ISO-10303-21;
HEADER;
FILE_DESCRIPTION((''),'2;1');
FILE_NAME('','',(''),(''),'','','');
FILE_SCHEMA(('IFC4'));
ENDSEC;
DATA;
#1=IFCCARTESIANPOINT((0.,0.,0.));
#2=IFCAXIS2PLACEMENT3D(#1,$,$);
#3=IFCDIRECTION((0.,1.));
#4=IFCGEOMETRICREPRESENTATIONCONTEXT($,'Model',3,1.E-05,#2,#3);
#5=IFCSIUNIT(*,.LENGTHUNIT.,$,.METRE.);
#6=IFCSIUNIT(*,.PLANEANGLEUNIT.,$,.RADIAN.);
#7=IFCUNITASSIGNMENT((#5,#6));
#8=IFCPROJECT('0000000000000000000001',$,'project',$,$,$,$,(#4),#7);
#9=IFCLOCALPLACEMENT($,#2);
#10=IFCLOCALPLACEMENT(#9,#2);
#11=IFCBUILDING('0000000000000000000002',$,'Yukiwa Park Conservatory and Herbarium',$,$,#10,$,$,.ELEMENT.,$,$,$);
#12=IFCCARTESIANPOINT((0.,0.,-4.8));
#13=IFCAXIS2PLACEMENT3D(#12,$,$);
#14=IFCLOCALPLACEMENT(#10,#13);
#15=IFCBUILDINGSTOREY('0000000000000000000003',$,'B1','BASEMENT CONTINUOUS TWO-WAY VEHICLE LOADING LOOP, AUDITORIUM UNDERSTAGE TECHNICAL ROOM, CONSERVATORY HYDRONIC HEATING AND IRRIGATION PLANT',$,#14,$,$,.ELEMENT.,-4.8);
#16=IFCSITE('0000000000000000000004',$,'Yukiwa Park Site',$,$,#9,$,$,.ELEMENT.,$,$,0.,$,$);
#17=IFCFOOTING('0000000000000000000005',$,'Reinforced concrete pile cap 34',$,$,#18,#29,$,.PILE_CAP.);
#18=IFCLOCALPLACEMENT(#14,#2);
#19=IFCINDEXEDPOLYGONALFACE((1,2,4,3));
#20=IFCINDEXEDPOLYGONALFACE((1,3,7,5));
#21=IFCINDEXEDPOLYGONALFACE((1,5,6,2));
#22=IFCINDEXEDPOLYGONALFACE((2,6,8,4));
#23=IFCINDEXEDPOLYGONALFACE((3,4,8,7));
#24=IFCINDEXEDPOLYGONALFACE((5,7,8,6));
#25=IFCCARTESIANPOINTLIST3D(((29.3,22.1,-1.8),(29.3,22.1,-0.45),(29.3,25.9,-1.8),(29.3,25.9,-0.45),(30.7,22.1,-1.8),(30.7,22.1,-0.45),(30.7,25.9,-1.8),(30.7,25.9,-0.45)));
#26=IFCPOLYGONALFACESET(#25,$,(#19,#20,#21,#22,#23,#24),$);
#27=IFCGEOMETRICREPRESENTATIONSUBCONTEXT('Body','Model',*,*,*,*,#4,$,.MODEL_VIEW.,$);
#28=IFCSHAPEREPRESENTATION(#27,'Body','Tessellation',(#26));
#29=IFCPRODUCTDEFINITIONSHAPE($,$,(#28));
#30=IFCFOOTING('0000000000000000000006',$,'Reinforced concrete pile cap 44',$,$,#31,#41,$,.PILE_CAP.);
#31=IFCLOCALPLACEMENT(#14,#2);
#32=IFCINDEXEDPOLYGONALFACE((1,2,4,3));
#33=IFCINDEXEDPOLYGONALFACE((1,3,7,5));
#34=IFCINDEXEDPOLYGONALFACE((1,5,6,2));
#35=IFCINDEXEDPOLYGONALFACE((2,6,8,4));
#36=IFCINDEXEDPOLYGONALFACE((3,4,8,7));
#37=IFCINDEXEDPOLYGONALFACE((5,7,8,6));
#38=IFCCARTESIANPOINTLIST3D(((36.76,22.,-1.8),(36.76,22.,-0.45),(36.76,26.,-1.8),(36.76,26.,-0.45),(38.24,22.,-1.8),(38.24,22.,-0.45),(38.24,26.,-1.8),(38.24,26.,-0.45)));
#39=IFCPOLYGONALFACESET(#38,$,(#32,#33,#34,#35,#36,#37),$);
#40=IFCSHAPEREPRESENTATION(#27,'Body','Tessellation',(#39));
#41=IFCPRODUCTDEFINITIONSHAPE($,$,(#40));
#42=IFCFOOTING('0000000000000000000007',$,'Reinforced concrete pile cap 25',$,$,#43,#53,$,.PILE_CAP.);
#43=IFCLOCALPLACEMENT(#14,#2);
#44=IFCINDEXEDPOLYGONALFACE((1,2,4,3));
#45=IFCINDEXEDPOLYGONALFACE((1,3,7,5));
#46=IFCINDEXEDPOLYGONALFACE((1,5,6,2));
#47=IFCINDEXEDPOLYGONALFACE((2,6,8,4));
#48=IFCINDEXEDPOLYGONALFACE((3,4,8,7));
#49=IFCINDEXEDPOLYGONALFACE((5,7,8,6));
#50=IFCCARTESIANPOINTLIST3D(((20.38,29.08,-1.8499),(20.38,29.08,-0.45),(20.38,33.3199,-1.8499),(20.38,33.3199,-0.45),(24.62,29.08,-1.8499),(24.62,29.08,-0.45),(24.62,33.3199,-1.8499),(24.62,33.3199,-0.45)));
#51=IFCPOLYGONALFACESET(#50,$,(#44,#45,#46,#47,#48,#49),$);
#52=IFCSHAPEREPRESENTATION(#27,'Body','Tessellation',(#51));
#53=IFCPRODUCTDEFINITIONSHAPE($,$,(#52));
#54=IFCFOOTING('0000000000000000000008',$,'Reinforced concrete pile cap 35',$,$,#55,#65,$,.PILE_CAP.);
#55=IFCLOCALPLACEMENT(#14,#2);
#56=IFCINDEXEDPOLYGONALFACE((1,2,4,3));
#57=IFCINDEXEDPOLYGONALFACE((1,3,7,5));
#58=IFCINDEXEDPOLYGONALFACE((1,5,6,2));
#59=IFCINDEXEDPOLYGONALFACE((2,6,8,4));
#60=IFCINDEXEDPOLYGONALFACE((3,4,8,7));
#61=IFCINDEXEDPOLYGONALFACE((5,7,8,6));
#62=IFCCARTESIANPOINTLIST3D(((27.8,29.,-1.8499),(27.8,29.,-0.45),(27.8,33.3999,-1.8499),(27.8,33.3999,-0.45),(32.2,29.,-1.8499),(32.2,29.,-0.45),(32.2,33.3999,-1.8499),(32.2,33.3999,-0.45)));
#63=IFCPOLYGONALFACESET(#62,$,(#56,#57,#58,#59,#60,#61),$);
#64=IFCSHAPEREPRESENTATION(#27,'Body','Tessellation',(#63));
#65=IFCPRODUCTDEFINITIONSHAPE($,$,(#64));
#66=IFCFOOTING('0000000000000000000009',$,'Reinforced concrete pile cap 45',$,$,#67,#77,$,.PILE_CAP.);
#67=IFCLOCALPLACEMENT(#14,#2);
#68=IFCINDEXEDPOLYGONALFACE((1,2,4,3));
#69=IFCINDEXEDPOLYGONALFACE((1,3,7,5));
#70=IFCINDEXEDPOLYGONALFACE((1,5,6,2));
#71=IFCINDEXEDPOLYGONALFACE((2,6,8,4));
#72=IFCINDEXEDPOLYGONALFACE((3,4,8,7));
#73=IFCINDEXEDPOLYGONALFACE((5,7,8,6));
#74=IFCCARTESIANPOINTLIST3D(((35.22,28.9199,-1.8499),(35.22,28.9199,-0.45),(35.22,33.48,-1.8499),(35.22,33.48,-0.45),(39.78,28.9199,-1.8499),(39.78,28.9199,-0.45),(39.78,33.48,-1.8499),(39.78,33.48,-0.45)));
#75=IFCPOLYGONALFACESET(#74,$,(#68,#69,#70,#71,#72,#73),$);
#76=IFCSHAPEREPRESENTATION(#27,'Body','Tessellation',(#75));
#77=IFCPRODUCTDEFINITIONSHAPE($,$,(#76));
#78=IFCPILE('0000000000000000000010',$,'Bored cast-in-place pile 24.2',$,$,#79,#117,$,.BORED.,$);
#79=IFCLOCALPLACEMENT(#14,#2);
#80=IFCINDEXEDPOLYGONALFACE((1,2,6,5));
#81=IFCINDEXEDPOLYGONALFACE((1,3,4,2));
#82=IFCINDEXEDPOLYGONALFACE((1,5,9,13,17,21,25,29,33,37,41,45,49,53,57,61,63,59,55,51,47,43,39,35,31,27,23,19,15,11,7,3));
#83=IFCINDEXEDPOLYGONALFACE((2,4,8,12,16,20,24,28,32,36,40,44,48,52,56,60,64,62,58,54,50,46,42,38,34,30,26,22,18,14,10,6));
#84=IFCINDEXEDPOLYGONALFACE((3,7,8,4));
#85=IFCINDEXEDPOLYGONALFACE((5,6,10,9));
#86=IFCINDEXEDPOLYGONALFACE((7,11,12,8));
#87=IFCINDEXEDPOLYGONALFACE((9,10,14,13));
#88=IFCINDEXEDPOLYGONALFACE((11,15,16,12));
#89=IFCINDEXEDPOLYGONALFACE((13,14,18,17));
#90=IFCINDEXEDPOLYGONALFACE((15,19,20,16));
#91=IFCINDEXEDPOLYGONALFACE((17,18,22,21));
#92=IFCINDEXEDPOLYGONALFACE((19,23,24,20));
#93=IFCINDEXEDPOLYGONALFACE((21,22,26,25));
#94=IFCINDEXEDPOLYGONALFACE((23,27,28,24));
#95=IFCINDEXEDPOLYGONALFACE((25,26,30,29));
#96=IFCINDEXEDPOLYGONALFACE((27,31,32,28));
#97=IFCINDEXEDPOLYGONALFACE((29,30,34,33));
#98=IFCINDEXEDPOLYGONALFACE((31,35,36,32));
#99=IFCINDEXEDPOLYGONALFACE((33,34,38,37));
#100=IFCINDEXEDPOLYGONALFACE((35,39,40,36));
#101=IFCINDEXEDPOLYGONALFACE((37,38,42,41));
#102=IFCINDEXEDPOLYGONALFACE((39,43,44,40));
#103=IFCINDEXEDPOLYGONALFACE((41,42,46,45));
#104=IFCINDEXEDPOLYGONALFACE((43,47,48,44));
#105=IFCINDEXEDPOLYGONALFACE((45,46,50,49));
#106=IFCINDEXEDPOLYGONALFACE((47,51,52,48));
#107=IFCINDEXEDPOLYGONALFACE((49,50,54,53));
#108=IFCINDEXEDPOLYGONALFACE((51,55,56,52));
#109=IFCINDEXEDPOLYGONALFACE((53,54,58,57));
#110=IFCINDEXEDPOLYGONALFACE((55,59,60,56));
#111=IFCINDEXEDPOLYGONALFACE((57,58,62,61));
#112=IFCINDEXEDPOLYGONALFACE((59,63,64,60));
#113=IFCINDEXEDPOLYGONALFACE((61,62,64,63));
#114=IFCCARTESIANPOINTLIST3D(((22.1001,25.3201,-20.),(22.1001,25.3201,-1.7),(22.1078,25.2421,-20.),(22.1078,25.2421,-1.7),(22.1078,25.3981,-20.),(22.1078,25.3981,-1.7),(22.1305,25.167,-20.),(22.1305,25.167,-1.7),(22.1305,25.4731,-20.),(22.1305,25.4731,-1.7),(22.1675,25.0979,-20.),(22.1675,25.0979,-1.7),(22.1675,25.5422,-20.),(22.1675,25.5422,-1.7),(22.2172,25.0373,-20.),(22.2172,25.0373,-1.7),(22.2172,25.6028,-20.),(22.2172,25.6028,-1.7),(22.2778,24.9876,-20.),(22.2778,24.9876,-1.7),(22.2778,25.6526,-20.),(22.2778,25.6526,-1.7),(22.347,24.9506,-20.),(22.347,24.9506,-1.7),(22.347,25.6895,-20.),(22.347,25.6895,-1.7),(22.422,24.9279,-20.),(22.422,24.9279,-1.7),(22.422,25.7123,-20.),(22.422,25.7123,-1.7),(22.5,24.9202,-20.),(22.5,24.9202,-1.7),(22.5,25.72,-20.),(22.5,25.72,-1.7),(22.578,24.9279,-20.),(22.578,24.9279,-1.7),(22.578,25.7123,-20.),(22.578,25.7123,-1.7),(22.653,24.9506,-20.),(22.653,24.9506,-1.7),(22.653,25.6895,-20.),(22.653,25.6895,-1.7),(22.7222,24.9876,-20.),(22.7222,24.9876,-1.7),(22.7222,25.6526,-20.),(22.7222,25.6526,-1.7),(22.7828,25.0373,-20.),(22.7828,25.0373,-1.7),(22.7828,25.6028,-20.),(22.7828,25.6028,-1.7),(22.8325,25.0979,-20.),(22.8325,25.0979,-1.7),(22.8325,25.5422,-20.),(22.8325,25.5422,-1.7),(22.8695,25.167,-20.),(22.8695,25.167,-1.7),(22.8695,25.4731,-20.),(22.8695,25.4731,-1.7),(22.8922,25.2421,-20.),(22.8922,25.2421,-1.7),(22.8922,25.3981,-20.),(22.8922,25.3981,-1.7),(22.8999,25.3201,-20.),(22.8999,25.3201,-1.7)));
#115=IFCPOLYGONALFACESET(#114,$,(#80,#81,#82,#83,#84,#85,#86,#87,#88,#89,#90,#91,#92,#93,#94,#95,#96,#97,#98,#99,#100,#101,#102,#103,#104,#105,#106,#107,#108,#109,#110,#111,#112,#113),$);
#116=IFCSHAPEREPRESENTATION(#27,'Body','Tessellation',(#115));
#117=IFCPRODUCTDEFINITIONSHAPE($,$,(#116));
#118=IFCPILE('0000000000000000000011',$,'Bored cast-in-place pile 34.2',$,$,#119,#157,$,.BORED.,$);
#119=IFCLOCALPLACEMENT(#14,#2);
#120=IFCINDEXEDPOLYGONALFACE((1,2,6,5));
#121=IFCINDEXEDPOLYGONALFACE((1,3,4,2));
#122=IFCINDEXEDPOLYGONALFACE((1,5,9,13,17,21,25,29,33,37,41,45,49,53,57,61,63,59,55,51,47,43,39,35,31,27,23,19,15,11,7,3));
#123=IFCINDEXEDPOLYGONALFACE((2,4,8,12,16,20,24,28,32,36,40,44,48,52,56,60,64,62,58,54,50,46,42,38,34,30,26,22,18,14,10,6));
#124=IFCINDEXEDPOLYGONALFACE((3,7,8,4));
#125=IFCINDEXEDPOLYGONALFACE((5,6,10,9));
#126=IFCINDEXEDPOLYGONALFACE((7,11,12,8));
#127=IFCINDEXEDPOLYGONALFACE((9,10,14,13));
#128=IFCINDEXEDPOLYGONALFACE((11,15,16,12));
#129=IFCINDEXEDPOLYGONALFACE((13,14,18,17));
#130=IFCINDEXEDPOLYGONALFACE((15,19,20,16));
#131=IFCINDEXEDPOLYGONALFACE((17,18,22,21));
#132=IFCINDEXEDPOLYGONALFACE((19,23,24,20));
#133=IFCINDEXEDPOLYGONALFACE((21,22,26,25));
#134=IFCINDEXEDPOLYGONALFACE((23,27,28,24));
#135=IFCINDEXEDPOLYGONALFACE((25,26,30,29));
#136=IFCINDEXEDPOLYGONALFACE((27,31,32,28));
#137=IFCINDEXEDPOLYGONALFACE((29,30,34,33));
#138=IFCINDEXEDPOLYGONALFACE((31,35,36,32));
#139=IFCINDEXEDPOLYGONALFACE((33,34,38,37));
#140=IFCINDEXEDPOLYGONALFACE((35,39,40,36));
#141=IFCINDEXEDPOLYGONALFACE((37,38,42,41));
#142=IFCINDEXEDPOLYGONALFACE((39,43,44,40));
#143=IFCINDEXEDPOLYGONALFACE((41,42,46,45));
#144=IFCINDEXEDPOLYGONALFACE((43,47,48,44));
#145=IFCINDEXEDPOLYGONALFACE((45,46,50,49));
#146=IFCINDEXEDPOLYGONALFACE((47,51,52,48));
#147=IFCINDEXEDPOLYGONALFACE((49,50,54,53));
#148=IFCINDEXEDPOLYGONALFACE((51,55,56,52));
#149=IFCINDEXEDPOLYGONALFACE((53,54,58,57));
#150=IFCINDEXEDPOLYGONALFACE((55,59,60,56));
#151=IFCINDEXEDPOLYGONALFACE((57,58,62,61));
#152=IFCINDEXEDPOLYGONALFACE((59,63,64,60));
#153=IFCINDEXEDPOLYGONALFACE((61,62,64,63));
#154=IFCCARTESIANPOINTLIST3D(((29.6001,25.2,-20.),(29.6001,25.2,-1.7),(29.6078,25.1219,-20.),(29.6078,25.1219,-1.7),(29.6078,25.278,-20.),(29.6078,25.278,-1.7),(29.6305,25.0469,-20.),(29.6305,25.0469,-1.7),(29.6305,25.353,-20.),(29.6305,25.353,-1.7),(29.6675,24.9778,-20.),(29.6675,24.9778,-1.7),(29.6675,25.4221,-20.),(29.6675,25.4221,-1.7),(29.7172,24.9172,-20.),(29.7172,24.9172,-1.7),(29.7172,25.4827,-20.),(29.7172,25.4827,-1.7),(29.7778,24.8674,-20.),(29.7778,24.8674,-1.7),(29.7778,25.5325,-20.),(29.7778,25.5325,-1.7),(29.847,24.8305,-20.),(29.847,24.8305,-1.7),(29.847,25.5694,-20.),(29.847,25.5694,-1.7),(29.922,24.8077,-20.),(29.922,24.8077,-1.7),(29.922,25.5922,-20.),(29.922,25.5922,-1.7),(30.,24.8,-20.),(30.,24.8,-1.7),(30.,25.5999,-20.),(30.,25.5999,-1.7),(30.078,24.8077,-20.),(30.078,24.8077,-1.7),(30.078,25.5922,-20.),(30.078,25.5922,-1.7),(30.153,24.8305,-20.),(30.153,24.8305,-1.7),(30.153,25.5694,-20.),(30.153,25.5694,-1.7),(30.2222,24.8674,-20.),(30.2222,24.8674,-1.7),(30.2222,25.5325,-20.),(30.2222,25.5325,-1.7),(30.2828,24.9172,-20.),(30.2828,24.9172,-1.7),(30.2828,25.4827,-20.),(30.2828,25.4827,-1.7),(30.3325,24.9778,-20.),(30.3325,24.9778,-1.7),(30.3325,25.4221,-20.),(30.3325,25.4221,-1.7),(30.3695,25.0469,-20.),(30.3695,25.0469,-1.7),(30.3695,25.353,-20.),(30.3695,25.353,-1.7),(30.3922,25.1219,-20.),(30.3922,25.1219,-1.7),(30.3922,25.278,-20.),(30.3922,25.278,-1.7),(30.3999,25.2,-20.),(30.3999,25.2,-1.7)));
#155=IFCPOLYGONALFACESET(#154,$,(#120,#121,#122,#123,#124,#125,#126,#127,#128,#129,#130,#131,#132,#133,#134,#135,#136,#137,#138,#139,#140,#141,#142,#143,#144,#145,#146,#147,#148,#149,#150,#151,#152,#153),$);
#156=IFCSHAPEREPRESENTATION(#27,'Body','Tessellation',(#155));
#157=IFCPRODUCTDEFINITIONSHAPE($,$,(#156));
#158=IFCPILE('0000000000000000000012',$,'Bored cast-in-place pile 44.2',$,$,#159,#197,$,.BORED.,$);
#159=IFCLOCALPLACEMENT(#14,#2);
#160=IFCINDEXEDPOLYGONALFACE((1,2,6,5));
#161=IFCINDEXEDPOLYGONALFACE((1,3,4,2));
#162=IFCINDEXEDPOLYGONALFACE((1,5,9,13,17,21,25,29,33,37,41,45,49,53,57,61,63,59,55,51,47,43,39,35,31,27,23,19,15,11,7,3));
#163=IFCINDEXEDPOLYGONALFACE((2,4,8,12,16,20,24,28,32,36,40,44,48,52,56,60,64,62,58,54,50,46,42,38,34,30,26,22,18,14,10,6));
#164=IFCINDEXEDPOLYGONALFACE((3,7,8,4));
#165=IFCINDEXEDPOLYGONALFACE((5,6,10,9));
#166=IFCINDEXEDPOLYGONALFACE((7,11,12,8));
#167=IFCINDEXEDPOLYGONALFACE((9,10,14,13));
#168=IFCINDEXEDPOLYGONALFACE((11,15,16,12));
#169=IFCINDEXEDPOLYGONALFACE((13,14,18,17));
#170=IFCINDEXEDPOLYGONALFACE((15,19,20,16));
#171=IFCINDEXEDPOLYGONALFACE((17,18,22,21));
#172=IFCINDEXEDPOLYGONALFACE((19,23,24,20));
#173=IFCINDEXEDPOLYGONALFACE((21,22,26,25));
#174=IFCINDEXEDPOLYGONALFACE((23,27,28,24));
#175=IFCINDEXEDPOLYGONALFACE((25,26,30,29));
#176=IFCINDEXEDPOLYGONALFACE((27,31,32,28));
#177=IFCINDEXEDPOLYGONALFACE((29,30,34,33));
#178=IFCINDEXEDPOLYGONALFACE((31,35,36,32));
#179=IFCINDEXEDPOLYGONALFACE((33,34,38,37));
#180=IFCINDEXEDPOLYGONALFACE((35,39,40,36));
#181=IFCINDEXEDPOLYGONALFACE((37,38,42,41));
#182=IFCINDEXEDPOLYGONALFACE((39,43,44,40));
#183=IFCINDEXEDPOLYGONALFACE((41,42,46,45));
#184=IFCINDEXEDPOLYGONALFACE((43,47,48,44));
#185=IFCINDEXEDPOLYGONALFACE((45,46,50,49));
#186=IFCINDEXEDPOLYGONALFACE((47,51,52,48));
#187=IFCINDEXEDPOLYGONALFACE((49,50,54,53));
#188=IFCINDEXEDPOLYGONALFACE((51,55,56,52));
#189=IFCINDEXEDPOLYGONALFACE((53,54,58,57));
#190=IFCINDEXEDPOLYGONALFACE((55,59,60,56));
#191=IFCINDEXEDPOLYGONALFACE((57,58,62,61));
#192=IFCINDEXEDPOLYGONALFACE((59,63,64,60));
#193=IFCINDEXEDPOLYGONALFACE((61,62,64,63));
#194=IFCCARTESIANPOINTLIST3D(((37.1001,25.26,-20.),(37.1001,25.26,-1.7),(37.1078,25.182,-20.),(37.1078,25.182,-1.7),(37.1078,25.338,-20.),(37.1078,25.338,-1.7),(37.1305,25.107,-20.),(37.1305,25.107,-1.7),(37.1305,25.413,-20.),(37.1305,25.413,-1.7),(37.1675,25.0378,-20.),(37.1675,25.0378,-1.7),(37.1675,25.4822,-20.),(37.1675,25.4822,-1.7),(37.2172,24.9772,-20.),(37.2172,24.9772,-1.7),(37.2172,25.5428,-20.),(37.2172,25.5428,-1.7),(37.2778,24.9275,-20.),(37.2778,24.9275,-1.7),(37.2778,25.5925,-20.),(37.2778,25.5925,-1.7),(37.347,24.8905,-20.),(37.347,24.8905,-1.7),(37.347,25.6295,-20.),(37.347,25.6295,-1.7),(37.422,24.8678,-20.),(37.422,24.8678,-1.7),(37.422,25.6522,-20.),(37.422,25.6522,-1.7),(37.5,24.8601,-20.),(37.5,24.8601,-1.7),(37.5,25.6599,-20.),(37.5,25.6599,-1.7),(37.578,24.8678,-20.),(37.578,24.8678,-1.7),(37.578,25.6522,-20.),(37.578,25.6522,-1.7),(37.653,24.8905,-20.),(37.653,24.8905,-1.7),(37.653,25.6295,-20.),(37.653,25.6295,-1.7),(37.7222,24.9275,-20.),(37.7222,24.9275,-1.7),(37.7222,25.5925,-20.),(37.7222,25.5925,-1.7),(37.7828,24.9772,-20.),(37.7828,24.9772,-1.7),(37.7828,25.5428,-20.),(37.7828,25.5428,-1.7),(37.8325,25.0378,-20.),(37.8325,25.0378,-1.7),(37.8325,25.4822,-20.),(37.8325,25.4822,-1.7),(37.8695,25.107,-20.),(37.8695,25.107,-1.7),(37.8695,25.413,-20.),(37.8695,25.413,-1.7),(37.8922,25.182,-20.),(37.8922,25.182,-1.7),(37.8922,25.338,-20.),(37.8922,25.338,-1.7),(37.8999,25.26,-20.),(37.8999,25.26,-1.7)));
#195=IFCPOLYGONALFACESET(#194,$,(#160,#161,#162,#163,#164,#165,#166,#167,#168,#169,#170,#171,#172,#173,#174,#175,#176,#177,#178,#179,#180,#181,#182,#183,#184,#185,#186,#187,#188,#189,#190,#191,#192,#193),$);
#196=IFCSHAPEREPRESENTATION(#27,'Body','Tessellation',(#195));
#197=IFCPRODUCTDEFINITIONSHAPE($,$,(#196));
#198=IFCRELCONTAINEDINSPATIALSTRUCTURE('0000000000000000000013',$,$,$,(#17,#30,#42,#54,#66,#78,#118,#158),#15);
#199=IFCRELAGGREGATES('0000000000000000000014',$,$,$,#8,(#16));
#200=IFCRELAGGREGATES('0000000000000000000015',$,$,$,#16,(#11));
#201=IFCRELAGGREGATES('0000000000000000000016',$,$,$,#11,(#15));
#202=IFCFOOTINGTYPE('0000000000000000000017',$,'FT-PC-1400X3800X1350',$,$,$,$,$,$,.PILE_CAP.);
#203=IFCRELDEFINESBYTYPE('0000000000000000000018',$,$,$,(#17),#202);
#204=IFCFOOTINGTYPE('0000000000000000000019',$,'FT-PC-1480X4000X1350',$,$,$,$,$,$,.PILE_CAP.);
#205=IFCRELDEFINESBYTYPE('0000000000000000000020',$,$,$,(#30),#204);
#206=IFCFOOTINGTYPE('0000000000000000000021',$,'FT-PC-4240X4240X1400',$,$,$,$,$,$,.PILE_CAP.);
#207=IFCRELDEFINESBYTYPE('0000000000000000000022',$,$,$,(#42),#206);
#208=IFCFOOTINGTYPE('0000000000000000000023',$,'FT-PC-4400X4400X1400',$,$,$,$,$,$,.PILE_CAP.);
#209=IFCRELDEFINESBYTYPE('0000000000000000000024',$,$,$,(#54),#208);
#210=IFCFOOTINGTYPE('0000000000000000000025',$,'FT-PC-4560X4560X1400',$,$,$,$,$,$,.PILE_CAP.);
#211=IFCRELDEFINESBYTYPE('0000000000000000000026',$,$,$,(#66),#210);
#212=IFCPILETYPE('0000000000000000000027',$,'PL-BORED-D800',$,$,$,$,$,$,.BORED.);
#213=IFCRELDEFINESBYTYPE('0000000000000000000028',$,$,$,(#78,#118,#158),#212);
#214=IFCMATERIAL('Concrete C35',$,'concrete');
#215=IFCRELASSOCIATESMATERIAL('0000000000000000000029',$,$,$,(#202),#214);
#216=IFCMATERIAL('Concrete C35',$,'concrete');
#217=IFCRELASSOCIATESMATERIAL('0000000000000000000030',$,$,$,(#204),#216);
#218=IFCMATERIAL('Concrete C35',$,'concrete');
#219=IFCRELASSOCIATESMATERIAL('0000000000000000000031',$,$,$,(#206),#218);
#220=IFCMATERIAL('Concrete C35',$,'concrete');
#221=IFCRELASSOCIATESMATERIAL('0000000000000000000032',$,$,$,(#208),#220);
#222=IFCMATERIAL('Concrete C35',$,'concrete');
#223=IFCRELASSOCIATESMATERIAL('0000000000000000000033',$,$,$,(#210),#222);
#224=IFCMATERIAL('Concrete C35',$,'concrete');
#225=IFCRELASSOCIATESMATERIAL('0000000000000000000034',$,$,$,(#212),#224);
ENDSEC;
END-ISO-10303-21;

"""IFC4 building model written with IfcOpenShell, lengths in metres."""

from ifc_helpers import new_model, si_unit, direction, frame, origin, origin_2d, place, context, subcontext, project, spatial, rectangle, circle, extrude, material, material_profile, profile_set, type_object, element, save


model = new_model("IFC4")

# Units and contexts
model_context = context("Model", 3, precision=1e-05, world=origin(), true_north=direction((0.0, 1.0)))
body_context = subcontext(model_context, "Body", "Model", "MODEL_VIEW")
ifc_project = project(units=[si_unit("LENGTHUNIT", "METRE"), si_unit("PLANEANGLEUNIT", "RADIAN")], contexts=[model_context])

# Site, building, storey
site_placement = place(None, origin())
site = spatial("IfcSite", under=ifc_project, at=site_placement, Name="Yukiwa Park Site", CompositionType="ELEMENT", RefElevation=0.0)
building_placement = place(site_placement, origin())
building = spatial("IfcBuilding", under=site, at=building_placement, Name="Yukiwa Park Conservatory and Herbarium", CompositionType="ELEMENT")
storey_placement = place(building_placement, frame((0.0, 0.0, -4.8)))
storey = spatial("IfcBuildingStorey", under=building, at=storey_placement, Name="B1", Description="BASEMENT CONTINUOUS TWO-WAY VEHICLE LOADING LOOP, AUDITORIUM UNDERSTAGE TECHNICAL ROOM, CONSERVATORY HYDRONIC HEATING AND IRRIGATION PLANT", CompositionType="ELEMENT", Elevation=-4.8)

# Footings
ifc_material_1 = material(Name="Concrete C35", Category="concrete")
footing_type_1 = type_object("IfcFootingType", Name="FT-PC-1400X3800X1350", PredefinedType="PILE_CAP", material=ifc_material_1)
footing_1_placement = place(storey_placement, frame((30.0, 24.0, -1.8), z_axis=(0.0, 0.0, 1.0), x_axis=(1.0, 0.0, 0.0)))
element("IfcFooting", 1, at=footing_1_placement, inside=storey, type_object=footing_type_1, Name="Reinforced concrete pile cap 34", PredefinedType="PILE_CAP", context=body_context, shape_type="SweptSolid", body=[
    extrude(rectangle(XDim=1.3999, YDim=3.8, at=origin_2d()), origin(), (0.0, 0.0, 1.0), 1.3501),
])
ifc_material_2 = material(Name="Concrete C35", Category="concrete")
footing_type_2 = type_object("IfcFootingType", Name="FT-PC-1480X4000X1350", PredefinedType="PILE_CAP", material=ifc_material_2)
footing_2_placement = place(storey_placement, frame((37.5, 24.0, -1.8), z_axis=(0.0, 0.0, 1.0), x_axis=(1.0, 0.0, 0.0)))
element("IfcFooting", 2, at=footing_2_placement, inside=storey, type_object=footing_type_2, Name="Reinforced concrete pile cap 44", PredefinedType="PILE_CAP", context=body_context, shape_type="SweptSolid", body=[
    extrude(rectangle(XDim=1.48, YDim=4.0, at=origin_2d()), origin(), (0.0, 0.0, 1.0), 1.3501),
])
ifc_material_3 = material(Name="Concrete C35", Category="concrete")
footing_type_3 = type_object("IfcFootingType", Name="FT-PC-4240X4240X1400", PredefinedType="PILE_CAP", material=ifc_material_3)
footing_3_placement = place(storey_placement, frame((22.5, 31.2, -1.8499), z_axis=(0.0, 0.0, 1.0), x_axis=(1.0, 0.0, 0.0)))
element("IfcFooting", 3, at=footing_3_placement, inside=storey, type_object=footing_type_3, Name="Reinforced concrete pile cap 25", PredefinedType="PILE_CAP", context=body_context, shape_type="SweptSolid", body=[
    extrude(rectangle(XDim=4.24, YDim=4.24, at=origin_2d()), origin(), (0.0, 0.0, 1.0), 1.3999),
])
ifc_material_4 = material(Name="Concrete C35", Category="concrete")
footing_type_4 = type_object("IfcFootingType", Name="FT-PC-4400X4400X1400", PredefinedType="PILE_CAP", material=ifc_material_4)
footing_4_placement = place(storey_placement, frame((30.0, 31.2, -1.8499), z_axis=(0.0, 0.0, 1.0), x_axis=(1.0, 0.0, 0.0)))
element("IfcFooting", 4, at=footing_4_placement, inside=storey, type_object=footing_type_4, Name="Reinforced concrete pile cap 35", PredefinedType="PILE_CAP", context=body_context, shape_type="SweptSolid", body=[
    extrude(rectangle(XDim=4.3999, YDim=4.3999, at=origin_2d()), origin(), (0.0, 0.0, 1.0), 1.3999),
])
ifc_material_5 = material(Name="Concrete C35", Category="concrete")
footing_type_5 = type_object("IfcFootingType", Name="FT-PC-4560X4560X1400", PredefinedType="PILE_CAP", material=ifc_material_5)
footing_5_placement = place(storey_placement, frame((37.5, 31.2, -1.8499), z_axis=(0.0, 0.0, 1.0), x_axis=(1.0, 0.0, 0.0)))
element("IfcFooting", 5, at=footing_5_placement, inside=storey, type_object=footing_type_5, Name="Reinforced concrete pile cap 45", PredefinedType="PILE_CAP", context=body_context, shape_type="SweptSolid", body=[
    extrude(rectangle(XDim=4.5601, YDim=4.5601, at=origin_2d()), origin(), (0.0, 0.0, 1.0), 1.3999),
])

# Piles
ifc_material_6 = material(Name="Concrete C35", Category="concrete")
ifc_material_profile_1 = material_profile(ifc_material_6, circle(Radius=0.3999, at=origin_2d()), Name="PILE D800")
ifc_profile_set_1 = profile_set([ifc_material_profile_1], Name="Concrete C35")
pile_type_1 = type_object("IfcPileType", Name="PL-BORED-D800", PredefinedType="BORED", material=ifc_profile_set_1)
for number, where, z_axis, x_axis, name in (
    (6, (22.5, 25.3201, -1.7), (0.0, 0.0, -1.0), (1.0, 0.0, 0.0), "Bored cast-in-place pile 24.2"),
    (7, (30.0, 25.2, -1.7), (0.0, 0.0, -1.0), (1.0, 0.0, 0.0), "Bored cast-in-place pile 34.2"),
    (8, (37.5, 25.26, -1.7), (0.0, 0.0, -1.0), (1.0, 0.0, 0.0), "Bored cast-in-place pile 44.2"),
):
    element("IfcPile", number, at=place(storey_placement, frame(where, z_axis=z_axis, x_axis=x_axis)), inside=storey, type_object=pile_type_1, Name=name, PredefinedType="BORED", context=body_context, shape_type="SweptSolid", body=[
        extrude(circle(Radius=0.3999, at=origin_2d()), origin(), (0.0, 0.0, 1.0), 18.3),
    ])

save(model, "model.ifc")
